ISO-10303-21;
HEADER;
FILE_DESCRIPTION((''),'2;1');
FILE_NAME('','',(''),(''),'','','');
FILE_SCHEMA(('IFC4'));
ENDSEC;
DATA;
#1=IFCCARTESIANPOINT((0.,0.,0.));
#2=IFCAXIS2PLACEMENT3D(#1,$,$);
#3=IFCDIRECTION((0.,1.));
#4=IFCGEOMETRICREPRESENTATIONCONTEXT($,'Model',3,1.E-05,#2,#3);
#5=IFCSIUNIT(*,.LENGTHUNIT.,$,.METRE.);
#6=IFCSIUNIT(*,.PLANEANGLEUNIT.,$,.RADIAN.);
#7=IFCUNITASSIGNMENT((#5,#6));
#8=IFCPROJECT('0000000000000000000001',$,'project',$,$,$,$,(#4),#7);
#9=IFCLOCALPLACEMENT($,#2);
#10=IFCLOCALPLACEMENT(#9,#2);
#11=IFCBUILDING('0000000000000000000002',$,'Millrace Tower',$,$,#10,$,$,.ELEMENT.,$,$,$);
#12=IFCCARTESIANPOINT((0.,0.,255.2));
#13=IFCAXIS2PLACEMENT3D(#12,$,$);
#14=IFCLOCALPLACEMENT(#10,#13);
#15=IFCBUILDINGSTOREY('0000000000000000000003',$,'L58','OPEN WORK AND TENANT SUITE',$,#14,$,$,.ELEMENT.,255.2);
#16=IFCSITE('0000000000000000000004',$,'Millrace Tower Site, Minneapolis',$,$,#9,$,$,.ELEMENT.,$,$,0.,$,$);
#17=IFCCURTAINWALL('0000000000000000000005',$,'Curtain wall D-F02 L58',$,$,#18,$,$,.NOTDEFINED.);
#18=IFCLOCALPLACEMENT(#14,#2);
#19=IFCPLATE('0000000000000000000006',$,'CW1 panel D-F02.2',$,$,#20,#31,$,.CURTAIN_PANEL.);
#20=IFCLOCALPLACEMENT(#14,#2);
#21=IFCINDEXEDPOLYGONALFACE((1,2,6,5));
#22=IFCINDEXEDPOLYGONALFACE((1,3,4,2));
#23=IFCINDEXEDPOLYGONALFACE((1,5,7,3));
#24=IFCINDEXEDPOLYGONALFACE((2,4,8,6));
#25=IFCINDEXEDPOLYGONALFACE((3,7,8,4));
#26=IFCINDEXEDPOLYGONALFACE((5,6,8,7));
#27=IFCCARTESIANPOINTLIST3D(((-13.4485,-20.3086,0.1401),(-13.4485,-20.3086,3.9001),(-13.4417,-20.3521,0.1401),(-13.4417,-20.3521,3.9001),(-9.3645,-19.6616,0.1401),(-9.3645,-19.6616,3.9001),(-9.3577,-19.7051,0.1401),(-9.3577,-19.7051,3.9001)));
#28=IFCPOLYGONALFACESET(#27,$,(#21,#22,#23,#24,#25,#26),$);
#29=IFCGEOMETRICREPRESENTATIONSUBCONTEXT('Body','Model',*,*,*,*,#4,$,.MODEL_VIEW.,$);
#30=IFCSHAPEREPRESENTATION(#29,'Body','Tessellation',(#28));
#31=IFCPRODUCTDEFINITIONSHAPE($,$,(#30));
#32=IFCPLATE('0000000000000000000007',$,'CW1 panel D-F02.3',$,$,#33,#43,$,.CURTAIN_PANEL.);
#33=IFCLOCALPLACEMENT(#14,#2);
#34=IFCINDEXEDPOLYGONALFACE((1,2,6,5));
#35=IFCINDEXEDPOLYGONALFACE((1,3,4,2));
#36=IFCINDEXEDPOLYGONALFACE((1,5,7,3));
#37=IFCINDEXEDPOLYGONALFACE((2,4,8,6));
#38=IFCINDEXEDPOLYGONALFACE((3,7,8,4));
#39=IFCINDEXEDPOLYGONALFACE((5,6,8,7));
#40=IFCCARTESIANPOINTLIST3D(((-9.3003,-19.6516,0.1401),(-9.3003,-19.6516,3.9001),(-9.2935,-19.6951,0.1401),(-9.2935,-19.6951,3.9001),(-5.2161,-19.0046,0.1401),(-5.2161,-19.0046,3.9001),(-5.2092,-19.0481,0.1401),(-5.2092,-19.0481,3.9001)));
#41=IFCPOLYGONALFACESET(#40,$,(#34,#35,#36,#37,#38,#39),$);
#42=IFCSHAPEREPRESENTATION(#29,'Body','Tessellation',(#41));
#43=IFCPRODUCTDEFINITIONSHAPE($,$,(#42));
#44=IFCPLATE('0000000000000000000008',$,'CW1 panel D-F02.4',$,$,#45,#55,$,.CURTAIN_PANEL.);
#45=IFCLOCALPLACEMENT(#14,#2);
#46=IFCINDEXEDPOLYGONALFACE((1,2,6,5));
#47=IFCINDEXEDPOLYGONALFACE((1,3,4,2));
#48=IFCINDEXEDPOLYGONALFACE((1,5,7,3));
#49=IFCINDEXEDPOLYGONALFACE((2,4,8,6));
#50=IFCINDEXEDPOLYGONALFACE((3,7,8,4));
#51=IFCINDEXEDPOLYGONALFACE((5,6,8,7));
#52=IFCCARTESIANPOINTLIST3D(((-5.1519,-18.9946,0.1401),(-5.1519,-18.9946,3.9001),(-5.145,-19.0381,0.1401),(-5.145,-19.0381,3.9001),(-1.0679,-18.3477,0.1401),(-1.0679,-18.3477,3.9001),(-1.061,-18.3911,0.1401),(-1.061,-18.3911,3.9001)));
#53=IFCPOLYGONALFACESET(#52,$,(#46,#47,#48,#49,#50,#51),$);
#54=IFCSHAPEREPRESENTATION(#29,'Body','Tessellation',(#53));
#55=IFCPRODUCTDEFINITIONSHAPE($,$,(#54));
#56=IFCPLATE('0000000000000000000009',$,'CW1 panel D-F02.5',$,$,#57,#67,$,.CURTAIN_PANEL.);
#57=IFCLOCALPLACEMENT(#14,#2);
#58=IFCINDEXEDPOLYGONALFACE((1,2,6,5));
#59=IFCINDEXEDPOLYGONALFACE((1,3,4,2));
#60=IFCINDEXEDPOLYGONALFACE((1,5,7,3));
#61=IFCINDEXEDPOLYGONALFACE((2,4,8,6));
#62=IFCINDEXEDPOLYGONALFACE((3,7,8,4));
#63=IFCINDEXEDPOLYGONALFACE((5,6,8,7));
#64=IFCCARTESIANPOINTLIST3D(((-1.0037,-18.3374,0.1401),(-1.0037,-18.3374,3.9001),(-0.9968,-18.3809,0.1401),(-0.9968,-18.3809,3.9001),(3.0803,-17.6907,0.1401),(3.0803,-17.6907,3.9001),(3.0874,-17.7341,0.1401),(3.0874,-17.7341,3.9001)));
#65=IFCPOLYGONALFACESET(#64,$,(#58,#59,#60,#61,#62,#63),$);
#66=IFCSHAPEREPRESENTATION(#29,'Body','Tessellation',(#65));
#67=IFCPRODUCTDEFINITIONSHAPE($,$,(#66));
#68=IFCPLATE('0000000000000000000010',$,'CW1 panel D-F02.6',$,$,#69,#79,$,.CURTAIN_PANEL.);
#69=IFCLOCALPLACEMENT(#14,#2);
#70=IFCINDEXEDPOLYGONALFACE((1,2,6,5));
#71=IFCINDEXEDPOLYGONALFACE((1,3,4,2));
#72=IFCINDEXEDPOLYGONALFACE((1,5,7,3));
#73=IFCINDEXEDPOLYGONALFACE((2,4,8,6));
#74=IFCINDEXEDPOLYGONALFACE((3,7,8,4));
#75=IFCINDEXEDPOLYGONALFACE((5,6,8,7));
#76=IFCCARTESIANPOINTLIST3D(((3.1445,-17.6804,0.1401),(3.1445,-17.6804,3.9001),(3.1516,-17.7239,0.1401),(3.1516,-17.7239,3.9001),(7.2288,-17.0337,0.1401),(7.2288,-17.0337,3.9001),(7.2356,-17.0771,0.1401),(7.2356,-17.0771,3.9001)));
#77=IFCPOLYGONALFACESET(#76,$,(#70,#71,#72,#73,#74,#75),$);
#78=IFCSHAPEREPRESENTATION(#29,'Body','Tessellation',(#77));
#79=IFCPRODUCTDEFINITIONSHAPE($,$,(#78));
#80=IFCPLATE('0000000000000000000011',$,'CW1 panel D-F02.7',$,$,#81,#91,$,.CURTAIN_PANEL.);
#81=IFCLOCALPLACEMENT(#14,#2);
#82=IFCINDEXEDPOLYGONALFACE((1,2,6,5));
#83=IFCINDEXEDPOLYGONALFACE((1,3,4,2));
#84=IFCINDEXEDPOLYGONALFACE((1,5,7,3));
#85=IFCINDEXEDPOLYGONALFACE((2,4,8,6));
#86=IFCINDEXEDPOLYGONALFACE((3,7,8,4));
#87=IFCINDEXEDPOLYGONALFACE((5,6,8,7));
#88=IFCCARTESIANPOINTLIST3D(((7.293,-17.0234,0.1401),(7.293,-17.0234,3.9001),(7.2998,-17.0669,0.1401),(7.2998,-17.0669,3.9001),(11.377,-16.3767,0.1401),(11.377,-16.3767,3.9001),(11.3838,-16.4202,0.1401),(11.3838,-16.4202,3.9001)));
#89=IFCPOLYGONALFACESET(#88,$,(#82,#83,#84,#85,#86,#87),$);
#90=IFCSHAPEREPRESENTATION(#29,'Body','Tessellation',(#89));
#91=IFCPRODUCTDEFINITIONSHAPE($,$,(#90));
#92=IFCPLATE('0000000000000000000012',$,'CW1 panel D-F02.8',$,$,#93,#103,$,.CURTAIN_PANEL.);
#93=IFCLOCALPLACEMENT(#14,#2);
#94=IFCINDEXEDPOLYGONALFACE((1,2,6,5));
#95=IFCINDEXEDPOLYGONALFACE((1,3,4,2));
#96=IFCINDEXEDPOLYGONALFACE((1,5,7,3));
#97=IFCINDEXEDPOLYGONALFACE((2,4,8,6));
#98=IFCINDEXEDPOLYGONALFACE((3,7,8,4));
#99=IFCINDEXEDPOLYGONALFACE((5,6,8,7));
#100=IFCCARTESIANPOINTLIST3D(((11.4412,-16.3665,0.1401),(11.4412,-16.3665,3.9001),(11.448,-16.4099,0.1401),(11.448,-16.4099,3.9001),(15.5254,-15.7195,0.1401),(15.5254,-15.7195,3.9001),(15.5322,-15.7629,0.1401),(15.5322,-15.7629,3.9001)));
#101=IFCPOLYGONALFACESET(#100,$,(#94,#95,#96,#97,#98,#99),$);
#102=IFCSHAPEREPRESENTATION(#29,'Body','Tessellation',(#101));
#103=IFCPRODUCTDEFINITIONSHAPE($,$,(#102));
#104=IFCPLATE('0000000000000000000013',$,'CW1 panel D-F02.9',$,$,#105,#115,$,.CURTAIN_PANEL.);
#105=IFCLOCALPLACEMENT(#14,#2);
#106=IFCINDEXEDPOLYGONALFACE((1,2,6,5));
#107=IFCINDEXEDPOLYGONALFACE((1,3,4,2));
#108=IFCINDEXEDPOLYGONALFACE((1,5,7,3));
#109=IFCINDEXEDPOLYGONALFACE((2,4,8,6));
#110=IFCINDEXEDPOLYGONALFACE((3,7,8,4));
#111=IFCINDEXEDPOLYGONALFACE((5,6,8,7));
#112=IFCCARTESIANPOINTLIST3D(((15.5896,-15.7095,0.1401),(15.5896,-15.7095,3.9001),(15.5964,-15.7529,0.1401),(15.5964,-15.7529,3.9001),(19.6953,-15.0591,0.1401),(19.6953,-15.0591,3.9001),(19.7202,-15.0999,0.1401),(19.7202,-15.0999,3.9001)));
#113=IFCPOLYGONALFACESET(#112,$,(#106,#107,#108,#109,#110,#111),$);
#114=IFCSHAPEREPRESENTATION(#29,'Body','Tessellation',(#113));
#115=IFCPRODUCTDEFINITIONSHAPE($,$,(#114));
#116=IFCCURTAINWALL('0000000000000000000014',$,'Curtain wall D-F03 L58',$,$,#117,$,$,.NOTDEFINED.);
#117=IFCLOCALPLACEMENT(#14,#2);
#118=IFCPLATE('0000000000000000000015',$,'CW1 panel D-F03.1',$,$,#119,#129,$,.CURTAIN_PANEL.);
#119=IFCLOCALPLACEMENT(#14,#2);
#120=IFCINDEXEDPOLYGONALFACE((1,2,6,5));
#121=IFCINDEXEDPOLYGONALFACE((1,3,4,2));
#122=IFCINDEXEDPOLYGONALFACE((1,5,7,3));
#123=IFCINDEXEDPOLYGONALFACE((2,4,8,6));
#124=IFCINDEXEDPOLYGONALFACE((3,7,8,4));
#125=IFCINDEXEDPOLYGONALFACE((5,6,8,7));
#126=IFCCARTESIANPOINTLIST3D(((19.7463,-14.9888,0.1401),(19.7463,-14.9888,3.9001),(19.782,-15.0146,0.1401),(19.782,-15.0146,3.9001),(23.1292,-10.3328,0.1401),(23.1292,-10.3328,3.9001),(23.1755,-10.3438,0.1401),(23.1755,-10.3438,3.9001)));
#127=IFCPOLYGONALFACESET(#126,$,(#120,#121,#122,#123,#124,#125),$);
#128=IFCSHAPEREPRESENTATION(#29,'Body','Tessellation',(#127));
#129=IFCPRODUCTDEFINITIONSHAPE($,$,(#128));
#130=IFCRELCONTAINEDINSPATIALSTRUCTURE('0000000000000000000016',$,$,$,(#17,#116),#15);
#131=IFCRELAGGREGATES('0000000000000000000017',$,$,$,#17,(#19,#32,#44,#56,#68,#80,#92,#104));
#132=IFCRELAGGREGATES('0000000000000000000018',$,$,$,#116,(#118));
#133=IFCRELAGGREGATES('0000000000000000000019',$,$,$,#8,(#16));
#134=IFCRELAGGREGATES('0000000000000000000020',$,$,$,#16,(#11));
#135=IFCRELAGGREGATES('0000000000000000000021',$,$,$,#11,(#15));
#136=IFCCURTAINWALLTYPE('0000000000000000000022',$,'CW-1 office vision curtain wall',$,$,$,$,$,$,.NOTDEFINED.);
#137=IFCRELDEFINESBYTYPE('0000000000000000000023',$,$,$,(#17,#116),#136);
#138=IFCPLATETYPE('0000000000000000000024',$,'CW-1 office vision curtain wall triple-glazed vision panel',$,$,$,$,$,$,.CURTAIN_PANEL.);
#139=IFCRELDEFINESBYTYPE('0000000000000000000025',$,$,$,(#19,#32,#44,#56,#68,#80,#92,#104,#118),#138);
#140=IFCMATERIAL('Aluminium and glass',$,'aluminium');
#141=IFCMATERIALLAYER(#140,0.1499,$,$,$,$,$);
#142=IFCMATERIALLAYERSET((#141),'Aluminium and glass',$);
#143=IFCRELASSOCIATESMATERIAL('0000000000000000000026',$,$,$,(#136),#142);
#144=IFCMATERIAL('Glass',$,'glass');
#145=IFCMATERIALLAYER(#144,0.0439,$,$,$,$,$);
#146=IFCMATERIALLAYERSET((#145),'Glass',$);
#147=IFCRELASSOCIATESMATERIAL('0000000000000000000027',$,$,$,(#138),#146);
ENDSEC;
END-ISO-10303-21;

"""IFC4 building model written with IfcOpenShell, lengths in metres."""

from ifc_helpers import new_model, si_unit, direction, frame, origin, place, context, subcontext, project, spatial, polyline, outline, extrude, material, layer, layer_set, type_object, element, aggregate, save


model = new_model("IFC4")

# Units and contexts
model_context = context("Model", 3, precision=1e-05, world=origin(), true_north=direction((0.0, 1.0)))
body_context = subcontext(model_context, "Body", "Model", "MODEL_VIEW")
ifc_project = project(units=[si_unit("LENGTHUNIT", "METRE"), si_unit("PLANEANGLEUNIT", "RADIAN")], contexts=[model_context])

# Site, building, storey
site_placement = place(None, origin())
site = spatial("IfcSite", under=ifc_project, at=site_placement, Name="Millrace Tower Site, Minneapolis", CompositionType="ELEMENT", RefElevation=0.0)
building_placement = place(site_placement, origin())
building = spatial("IfcBuilding", under=site, at=building_placement, Name="Millrace Tower", CompositionType="ELEMENT")
storey_placement = place(building_placement, frame((0.0, 0.0, 255.2)))
storey = spatial("IfcBuildingStorey", under=building, at=storey_placement, Name="L58", Description="OPEN WORK AND TENANT SUITE", CompositionType="ELEMENT", Elevation=255.2)

# Shared definitions
ifc_material_1 = material(Name="Aluminium and glass", Category="aluminium")
ifc_layer_1 = layer(ifc_material_1, 0.1499)
ifc_layer_set_1 = layer_set([ifc_layer_1], Name="Aluminium and glass")
curtain_wall_type = type_object("IfcCurtainWallType", Name="CW-1 office vision curtain wall", PredefinedType="NOTDEFINED", material=ifc_layer_set_1)
placement_1 = place(storey_placement, origin())
ifc_material_2 = material(Name="Glass", Category="glass")
ifc_layer_2 = layer(ifc_material_2, 0.0439)
ifc_layer_set_2 = layer_set([ifc_layer_2], Name="Glass")
plate_type = type_object("IfcPlateType", Name="CW-1 office vision curtain wall triple-glazed vision panel", PredefinedType="CURTAIN_PANEL", material=ifc_layer_set_2)
placement_2 = place(storey_placement, frame((0.0, 0.0, 0.1401)))

# Curtain wall, plates
curtain_wall_1 = element("IfcCurtainWall", 1, at=placement_1, inside=storey, type_object=curtain_wall_type, Name="Curtain wall D-F02 L58", PredefinedType="NOTDEFINED")
plate_1 = element("IfcPlate", 2, at=placement_2, type_object=plate_type, Name="CW1 panel D-F02.2", PredefinedType="CURTAIN_PANEL", context=body_context, shape_type="SweptSolid", body=[
    extrude(outline(polyline([(-13.4417, -20.3521), (-9.3577, -19.7051), (-9.3645, -19.6616), (-13.4485, -20.3086), (-13.4417, -20.3521)])), origin(), (0.0, 0.0, 1.0), 3.76),
])
plate_2 = element("IfcPlate", 3, at=placement_2, type_object=plate_type, Name="CW1 panel D-F02.3", PredefinedType="CURTAIN_PANEL", context=body_context, shape_type="SweptSolid", body=[
    extrude(outline(polyline([(-9.2935, -19.6951), (-5.2092, -19.0481), (-5.2161, -19.0046), (-9.3003, -19.6516), (-9.2935, -19.6951)])), origin(), (0.0, 0.0, 1.0), 3.76),
])
plate_3 = element("IfcPlate", 4, at=placement_2, type_object=plate_type, Name="CW1 panel D-F02.4", PredefinedType="CURTAIN_PANEL", context=body_context, shape_type="SweptSolid", body=[
    extrude(outline(polyline([(-5.145, -19.0381), (-1.061, -18.3911), (-1.0679, -18.3477), (-5.1519, -18.9946), (-5.145, -19.0381)])), origin(), (0.0, 0.0, 1.0), 3.76),
])
plate_4 = element("IfcPlate", 5, at=placement_2, type_object=plate_type, Name="CW1 panel D-F02.5", PredefinedType="CURTAIN_PANEL", context=body_context, shape_type="SweptSolid", body=[
    extrude(outline(polyline([(-0.9968, -18.3809), (3.0874, -17.7341), (3.0803, -17.6907), (-1.0037, -18.3374), (-0.9968, -18.3809)])), origin(), (0.0, 0.0, 1.0), 3.76),
])
plate_5 = element("IfcPlate", 6, at=placement_2, type_object=plate_type, Name="CW1 panel D-F02.6", PredefinedType="CURTAIN_PANEL", context=body_context, shape_type="SweptSolid", body=[
    extrude(outline(polyline([(3.1516, -17.7239), (7.2356, -17.0771), (7.2288, -17.0337), (3.1445, -17.6804), (3.1516, -17.7239)])), origin(), (0.0, 0.0, 1.0), 3.76),
])
plate_6 = element("IfcPlate", 7, at=placement_2, type_object=plate_type, Name="CW1 panel D-F02.7", PredefinedType="CURTAIN_PANEL", context=body_context, shape_type="SweptSolid", body=[
    extrude(outline(polyline([(7.2998, -17.0669), (11.3838, -16.4202), (11.377, -16.3767), (7.293, -17.0234), (7.2998, -17.0669)])), origin(), (0.0, 0.0, 1.0), 3.76),
])
plate_7 = element("IfcPlate", 8, at=placement_2, type_object=plate_type, Name="CW1 panel D-F02.8", PredefinedType="CURTAIN_PANEL", context=body_context, shape_type="SweptSolid", body=[
    extrude(outline(polyline([(11.448, -16.4099), (15.5322, -15.7629), (15.5254, -15.7195), (11.4412, -16.3665), (11.448, -16.4099)])), origin(), (0.0, 0.0, 1.0), 3.76),
])
plate_8 = element("IfcPlate", 9, at=placement_2, type_object=plate_type, Name="CW1 panel D-F02.9", PredefinedType="CURTAIN_PANEL", context=body_context, shape_type="SweptSolid", body=[
    extrude(outline(polyline([(15.5964, -15.7529), (19.7202, -15.0999), (19.6953, -15.0591), (15.5896, -15.7095), (15.5964, -15.7529)])), origin(), (0.0, 0.0, 1.0), 3.76),
])
aggregate(curtain_wall_1, [plate_1, plate_2, plate_3, plate_4, plate_5, plate_6, plate_7, plate_8])

# Curtain wall, plate
curtain_wall_2 = element("IfcCurtainWall", 10, at=placement_1, inside=storey, type_object=curtain_wall_type, Name="Curtain wall D-F03 L58", PredefinedType="NOTDEFINED")
plate_9 = element("IfcPlate", 11, at=placement_2, type_object=plate_type, Name="CW1 panel D-F03.1", PredefinedType="CURTAIN_PANEL", context=body_context, shape_type="SweptSolid", body=[
    extrude(outline(polyline([(19.782, -15.0146), (23.1755, -10.3438), (23.1292, -10.3328), (19.7463, -14.9888), (19.782, -15.0146)])), origin(), (0.0, 0.0, 1.0), 3.76),
])
aggregate(curtain_wall_2, [plate_9])

save(model, "model.ifc")
